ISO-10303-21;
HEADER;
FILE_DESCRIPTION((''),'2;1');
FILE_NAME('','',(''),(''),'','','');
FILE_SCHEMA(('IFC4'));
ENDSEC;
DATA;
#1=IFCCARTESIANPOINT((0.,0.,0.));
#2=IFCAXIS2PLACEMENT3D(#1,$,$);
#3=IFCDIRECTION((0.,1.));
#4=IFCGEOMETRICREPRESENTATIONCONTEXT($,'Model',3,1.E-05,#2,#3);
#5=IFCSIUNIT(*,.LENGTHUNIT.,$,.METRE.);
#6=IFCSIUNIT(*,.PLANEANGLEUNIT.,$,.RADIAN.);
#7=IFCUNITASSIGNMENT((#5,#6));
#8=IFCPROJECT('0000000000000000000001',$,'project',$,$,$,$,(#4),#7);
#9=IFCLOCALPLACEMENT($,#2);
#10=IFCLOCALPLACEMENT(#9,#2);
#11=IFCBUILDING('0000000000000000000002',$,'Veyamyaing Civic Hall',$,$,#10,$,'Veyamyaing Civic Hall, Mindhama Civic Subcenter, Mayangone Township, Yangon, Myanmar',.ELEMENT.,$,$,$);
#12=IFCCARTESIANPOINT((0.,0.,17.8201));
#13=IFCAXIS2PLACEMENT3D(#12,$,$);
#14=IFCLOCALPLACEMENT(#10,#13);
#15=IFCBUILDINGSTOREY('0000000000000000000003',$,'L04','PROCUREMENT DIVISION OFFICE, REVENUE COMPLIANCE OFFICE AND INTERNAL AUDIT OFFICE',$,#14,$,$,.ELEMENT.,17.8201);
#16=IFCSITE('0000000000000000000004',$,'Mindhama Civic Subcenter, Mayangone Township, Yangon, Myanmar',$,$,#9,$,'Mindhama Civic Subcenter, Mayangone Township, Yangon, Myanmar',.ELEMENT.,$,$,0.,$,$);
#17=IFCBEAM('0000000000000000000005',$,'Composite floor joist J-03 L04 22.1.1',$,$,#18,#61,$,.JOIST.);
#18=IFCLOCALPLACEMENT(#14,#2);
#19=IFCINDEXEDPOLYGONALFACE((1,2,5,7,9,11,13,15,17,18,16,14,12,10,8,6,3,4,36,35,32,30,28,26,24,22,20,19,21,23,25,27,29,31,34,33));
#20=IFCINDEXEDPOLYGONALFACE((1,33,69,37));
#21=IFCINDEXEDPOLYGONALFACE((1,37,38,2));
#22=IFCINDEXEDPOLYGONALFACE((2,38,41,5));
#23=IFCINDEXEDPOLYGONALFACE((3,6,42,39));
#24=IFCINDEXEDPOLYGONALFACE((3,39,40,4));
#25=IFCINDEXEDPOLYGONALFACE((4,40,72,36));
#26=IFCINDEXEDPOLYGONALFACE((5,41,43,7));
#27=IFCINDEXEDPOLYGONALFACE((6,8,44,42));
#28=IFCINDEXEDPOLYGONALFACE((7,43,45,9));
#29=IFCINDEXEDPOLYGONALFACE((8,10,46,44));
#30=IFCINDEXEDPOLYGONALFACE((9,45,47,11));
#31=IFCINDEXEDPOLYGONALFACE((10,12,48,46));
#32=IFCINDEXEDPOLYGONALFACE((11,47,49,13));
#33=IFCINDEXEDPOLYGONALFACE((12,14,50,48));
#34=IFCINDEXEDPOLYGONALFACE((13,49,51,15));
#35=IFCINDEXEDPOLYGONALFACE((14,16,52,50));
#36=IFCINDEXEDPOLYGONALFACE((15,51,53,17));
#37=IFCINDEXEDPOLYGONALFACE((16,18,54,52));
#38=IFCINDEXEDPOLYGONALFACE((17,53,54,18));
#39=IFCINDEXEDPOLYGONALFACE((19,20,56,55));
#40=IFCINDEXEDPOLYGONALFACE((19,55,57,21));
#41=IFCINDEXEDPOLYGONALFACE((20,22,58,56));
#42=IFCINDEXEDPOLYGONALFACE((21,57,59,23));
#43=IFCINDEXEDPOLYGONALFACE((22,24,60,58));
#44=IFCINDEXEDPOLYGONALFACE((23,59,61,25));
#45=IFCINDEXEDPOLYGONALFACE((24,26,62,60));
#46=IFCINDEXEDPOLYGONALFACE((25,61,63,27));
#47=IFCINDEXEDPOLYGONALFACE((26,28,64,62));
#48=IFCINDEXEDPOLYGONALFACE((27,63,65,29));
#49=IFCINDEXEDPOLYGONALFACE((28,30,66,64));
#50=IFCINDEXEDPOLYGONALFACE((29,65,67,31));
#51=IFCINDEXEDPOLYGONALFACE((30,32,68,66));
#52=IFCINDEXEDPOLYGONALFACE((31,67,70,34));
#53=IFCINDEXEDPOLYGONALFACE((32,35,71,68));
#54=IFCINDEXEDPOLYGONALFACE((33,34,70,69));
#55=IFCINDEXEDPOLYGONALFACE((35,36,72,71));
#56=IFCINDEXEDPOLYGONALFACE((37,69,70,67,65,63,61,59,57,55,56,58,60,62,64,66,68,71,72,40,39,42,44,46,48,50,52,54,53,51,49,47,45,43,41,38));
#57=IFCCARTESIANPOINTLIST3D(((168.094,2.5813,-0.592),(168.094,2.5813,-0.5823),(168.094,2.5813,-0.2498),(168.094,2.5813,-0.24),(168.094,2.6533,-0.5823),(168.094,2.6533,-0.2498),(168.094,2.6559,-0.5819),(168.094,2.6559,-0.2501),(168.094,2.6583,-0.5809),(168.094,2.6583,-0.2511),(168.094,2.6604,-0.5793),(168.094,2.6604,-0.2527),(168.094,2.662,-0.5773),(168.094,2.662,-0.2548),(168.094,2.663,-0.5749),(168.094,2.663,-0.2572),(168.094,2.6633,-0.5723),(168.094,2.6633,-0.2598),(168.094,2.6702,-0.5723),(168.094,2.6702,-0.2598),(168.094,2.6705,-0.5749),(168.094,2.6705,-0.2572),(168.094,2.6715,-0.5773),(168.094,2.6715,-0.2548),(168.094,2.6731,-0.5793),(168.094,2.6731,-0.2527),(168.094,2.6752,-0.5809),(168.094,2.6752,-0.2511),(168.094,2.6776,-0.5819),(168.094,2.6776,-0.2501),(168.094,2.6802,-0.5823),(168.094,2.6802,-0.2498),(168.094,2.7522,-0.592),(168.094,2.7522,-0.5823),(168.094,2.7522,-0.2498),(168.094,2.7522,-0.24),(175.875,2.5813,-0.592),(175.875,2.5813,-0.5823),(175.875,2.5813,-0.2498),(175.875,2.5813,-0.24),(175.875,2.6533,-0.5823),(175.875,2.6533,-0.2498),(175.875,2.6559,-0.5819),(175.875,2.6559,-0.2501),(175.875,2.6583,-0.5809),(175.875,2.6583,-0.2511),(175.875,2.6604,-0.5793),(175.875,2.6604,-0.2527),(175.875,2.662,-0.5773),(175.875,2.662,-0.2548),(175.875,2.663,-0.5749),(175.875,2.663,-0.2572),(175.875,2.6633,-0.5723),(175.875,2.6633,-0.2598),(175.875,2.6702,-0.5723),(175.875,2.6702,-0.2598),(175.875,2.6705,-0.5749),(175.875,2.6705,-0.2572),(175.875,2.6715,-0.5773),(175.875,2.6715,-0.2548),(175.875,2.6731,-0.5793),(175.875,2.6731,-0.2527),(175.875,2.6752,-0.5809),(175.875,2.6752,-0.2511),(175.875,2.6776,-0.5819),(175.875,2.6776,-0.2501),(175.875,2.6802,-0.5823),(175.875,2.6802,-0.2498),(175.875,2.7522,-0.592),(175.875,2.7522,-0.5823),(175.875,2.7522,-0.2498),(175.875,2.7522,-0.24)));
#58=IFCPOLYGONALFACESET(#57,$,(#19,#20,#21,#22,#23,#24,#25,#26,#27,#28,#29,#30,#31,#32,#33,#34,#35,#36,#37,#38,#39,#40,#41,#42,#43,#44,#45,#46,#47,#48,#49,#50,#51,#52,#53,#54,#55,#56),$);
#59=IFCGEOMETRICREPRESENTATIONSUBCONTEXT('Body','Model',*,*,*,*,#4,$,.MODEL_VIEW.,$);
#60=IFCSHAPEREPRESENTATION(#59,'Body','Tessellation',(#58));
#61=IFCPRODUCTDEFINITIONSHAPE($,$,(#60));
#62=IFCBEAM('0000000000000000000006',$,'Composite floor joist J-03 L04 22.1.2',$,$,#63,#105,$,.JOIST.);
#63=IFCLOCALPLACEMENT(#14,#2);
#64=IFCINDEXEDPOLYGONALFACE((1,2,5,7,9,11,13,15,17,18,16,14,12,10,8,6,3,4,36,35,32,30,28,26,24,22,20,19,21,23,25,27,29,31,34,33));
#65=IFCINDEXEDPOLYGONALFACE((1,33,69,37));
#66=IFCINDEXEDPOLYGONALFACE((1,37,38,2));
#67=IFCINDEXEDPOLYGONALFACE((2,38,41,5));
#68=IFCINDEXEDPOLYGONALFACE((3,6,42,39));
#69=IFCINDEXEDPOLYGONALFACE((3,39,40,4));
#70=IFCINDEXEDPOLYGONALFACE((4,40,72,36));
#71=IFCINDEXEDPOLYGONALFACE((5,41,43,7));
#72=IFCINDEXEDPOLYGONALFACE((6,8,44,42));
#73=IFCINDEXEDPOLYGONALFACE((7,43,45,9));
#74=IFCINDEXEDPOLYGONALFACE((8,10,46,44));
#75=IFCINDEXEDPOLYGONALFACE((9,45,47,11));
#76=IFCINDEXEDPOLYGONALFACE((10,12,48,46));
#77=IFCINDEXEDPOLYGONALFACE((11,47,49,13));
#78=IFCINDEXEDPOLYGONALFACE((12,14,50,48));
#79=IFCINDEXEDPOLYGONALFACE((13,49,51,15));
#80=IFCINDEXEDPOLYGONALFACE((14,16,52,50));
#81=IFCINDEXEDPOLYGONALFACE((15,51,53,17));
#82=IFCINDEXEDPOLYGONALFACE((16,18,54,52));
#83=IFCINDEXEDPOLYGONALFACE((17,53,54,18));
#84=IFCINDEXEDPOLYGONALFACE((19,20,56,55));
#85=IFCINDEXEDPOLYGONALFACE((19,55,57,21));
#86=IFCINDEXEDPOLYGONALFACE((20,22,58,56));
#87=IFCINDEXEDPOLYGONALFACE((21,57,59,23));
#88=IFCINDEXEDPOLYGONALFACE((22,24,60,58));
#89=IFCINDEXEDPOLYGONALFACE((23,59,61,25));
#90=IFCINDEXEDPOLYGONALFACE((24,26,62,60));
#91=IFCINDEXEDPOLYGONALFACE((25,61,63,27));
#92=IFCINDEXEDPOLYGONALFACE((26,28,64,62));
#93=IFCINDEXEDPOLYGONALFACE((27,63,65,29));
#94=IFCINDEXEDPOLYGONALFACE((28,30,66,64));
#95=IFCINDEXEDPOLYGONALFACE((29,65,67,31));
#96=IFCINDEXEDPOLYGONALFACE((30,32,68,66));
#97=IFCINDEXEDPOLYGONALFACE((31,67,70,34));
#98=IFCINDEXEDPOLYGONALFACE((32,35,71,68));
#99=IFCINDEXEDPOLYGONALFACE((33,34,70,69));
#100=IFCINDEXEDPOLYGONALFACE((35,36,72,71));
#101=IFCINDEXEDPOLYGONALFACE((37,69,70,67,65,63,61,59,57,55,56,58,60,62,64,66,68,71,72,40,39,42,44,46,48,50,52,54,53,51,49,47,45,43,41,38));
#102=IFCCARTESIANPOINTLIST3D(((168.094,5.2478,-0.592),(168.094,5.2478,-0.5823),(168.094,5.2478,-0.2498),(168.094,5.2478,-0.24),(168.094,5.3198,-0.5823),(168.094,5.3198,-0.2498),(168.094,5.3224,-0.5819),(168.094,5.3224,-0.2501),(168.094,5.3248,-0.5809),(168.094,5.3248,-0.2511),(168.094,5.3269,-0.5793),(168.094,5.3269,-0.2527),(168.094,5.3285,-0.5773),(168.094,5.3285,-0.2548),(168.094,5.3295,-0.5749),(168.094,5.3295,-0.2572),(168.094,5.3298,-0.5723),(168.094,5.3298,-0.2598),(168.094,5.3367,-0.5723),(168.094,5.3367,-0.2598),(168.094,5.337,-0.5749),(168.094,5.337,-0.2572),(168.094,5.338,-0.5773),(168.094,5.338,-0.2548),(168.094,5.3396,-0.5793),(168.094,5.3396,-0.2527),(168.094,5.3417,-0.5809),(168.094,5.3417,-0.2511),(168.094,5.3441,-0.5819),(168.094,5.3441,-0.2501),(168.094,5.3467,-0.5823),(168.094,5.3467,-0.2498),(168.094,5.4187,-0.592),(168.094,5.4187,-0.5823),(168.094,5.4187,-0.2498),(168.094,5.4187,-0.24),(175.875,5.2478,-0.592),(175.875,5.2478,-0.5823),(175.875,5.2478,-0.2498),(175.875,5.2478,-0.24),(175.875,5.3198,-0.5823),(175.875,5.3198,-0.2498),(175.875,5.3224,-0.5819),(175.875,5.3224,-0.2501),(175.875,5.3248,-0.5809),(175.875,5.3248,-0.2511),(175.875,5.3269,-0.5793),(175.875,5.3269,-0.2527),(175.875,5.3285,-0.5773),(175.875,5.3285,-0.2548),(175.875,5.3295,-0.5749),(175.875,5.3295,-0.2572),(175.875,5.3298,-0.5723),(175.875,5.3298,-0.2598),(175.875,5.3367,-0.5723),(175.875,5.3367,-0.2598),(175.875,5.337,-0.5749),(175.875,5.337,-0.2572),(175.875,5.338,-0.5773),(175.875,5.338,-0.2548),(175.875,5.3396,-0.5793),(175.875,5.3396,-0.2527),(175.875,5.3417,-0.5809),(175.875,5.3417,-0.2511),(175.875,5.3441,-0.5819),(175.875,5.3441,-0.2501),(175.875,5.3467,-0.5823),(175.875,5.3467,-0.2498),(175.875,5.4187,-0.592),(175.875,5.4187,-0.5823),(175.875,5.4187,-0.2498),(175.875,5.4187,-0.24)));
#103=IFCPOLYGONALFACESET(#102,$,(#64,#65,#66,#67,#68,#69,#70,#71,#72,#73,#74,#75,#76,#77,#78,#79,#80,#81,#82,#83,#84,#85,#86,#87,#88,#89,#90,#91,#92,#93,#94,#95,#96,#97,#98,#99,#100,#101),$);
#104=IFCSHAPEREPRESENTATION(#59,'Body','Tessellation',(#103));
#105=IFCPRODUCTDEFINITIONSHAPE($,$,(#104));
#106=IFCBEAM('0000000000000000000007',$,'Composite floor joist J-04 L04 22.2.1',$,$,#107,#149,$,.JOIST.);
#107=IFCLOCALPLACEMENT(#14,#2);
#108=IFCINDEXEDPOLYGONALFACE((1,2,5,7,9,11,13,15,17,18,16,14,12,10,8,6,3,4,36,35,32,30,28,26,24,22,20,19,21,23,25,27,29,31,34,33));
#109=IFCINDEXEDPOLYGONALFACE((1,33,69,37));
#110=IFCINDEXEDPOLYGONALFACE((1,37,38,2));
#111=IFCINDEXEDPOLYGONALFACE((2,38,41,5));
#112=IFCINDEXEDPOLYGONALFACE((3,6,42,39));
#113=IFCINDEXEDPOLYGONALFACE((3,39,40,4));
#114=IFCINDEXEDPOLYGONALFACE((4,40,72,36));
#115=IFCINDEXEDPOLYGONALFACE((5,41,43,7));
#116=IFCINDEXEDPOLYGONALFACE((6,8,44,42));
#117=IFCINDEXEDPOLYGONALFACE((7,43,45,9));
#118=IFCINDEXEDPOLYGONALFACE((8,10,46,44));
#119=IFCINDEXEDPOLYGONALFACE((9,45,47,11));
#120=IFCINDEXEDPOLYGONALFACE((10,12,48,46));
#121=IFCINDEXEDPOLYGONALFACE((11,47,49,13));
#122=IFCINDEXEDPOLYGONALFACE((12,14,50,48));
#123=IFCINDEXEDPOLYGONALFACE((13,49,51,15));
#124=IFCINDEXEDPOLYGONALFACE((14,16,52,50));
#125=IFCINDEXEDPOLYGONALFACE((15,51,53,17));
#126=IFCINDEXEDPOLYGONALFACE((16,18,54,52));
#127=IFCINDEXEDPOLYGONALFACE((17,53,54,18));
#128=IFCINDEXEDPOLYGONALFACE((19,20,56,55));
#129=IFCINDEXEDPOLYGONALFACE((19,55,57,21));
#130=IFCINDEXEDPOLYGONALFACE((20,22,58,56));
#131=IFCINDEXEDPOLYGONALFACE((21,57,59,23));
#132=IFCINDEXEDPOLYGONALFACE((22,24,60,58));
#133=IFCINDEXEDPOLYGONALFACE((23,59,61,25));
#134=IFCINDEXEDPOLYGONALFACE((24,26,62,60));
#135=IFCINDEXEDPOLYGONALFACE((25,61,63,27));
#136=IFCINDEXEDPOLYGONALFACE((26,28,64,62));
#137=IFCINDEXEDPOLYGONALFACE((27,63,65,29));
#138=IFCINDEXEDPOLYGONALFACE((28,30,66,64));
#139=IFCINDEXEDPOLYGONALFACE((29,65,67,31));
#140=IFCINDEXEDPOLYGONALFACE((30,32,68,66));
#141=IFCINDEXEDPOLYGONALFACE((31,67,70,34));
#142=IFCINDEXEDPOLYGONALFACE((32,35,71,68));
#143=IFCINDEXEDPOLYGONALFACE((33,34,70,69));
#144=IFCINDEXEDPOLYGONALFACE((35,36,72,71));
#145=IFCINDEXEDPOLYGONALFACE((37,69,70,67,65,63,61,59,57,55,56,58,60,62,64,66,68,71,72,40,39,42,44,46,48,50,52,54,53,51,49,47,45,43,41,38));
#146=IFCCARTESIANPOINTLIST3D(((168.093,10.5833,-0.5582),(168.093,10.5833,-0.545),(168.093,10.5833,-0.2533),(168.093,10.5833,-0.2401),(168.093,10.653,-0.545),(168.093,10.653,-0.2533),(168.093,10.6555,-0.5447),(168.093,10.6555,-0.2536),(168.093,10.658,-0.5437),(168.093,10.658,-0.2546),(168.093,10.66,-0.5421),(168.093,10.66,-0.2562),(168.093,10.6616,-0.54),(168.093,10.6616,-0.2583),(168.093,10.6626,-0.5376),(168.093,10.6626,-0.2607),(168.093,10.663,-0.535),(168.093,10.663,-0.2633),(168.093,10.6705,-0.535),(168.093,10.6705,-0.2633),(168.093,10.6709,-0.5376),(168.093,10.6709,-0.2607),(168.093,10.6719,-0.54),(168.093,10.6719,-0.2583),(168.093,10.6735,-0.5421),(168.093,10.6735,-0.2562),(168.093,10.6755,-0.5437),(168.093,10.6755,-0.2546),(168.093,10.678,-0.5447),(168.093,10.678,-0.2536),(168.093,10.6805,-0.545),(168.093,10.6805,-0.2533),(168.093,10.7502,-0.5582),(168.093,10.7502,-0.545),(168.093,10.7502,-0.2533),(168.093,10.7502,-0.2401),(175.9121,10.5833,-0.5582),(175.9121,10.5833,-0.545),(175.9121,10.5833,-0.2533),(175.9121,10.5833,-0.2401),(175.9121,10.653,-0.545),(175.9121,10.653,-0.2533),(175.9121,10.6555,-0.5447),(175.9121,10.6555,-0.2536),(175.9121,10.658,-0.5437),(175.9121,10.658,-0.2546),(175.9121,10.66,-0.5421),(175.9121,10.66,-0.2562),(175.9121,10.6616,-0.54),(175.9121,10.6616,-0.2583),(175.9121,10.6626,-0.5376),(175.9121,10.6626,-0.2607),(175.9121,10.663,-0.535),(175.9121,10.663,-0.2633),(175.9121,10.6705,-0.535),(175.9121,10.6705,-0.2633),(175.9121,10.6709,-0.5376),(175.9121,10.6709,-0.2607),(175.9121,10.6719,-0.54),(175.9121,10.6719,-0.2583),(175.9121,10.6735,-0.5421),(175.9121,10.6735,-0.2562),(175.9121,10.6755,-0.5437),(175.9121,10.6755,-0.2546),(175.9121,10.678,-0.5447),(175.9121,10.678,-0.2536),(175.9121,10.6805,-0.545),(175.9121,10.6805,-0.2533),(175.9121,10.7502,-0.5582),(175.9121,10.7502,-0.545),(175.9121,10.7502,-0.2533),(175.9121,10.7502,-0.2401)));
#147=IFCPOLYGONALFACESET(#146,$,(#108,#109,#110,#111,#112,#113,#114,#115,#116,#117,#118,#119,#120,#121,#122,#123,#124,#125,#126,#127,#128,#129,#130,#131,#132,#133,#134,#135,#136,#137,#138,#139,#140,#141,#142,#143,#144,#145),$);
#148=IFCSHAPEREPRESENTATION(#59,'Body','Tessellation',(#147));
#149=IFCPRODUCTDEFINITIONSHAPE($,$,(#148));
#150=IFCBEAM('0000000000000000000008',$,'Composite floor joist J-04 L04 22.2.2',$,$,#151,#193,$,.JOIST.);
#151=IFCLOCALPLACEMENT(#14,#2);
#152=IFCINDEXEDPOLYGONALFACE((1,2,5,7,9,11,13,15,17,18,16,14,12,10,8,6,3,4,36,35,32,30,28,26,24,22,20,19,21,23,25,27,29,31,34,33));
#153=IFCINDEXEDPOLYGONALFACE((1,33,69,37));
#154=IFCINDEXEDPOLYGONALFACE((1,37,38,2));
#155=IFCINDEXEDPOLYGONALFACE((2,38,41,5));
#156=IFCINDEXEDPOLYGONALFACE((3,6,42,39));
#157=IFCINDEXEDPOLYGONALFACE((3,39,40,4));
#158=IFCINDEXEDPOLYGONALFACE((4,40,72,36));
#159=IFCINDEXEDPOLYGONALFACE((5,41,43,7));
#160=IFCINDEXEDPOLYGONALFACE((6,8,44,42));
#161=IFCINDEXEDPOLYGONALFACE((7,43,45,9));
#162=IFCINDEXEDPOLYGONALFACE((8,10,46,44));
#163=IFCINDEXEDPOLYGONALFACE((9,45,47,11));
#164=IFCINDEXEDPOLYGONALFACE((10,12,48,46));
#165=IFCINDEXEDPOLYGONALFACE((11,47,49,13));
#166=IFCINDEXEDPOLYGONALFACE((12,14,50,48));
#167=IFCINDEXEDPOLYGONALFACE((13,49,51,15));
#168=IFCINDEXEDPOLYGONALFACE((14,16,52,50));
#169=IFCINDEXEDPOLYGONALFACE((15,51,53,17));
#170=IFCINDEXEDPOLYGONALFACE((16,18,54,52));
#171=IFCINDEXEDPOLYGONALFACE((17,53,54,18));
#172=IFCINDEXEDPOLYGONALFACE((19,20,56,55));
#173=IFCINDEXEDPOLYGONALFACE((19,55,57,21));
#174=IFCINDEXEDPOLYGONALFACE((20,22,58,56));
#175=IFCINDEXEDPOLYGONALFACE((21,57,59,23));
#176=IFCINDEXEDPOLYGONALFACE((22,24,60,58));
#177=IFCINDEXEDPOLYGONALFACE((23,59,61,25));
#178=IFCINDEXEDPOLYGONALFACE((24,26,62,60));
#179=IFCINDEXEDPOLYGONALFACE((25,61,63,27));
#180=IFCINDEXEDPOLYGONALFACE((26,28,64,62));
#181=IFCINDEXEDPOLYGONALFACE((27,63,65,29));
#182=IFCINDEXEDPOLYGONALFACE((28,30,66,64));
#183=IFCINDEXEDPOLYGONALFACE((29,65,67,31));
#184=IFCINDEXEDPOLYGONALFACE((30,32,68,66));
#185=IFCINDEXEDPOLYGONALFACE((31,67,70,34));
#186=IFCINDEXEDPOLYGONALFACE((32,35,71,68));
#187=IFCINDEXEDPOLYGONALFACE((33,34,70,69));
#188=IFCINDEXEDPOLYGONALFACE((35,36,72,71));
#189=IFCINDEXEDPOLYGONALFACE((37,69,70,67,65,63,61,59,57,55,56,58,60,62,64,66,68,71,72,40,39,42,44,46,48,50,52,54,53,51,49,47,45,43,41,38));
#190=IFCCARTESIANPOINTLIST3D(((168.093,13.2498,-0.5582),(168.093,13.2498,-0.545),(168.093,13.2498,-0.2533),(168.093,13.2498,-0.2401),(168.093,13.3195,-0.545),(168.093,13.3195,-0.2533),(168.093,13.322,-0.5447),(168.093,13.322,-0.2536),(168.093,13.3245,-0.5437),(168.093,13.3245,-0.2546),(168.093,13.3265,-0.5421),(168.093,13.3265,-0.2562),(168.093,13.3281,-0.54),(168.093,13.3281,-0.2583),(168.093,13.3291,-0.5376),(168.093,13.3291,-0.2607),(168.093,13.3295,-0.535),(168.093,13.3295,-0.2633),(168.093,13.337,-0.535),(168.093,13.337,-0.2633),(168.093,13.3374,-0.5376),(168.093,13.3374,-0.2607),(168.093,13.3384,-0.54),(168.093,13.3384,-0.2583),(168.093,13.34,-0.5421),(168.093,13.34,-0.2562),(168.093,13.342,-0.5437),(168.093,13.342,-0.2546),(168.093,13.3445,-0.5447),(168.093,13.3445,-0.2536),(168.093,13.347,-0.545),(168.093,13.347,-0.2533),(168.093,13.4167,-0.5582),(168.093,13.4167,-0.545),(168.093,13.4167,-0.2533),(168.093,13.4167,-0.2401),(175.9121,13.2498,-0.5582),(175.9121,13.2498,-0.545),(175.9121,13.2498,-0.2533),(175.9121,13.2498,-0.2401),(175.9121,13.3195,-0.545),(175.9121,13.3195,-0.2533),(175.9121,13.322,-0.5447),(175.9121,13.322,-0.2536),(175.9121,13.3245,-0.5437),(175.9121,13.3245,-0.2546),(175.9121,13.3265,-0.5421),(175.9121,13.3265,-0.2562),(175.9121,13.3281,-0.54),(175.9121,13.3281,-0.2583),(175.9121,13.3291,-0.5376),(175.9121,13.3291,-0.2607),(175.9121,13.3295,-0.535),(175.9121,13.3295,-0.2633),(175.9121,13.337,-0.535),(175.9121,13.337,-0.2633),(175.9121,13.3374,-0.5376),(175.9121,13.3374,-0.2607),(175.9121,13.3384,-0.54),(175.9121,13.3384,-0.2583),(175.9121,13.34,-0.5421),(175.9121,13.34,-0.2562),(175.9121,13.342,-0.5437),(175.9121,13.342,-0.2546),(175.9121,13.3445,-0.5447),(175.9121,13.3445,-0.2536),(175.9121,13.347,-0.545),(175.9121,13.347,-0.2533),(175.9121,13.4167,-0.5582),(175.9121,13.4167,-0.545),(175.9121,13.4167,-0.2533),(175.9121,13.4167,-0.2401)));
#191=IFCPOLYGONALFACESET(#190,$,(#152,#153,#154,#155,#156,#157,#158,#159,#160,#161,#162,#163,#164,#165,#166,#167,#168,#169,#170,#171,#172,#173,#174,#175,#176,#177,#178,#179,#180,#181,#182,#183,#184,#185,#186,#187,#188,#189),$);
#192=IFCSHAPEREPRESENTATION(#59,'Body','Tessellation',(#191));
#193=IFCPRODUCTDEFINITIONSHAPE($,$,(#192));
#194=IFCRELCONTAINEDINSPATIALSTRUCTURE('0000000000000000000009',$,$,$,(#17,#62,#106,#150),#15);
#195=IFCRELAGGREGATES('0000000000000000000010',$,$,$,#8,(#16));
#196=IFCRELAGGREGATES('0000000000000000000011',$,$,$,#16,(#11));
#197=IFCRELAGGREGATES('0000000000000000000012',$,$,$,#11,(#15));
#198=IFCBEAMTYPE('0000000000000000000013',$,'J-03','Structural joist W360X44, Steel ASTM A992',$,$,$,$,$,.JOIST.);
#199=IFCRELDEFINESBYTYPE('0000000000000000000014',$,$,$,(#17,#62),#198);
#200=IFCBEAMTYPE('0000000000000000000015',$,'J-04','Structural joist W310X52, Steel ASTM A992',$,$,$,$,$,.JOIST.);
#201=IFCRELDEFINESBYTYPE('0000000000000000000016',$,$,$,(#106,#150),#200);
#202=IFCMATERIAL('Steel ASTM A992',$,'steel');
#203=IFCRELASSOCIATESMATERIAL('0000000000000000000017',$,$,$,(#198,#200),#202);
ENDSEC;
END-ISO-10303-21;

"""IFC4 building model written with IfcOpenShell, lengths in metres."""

from ifc_helpers import new_model, si_unit, direction, frame, origin, origin_2d, place, context, subcontext, project, spatial, i_section, extrude, material, material_profile, profile_set, type_object, element, save


model = new_model("IFC4")

# Units and contexts
model_context = context("Model", 3, precision=1e-05, world=origin(), true_north=direction((0.0, 1.0)))
body_context = subcontext(model_context, "Body", "Model", "MODEL_VIEW")
ifc_project = project(units=[si_unit("LENGTHUNIT", "METRE"), si_unit("PLANEANGLEUNIT", "RADIAN")], contexts=[model_context])

# Site, building, storey
site_placement = place(None, origin())
site = spatial("IfcSite", under=ifc_project, at=site_placement, Name="Mindhama Civic Subcenter, Mayangone Township, Yangon, Myanmar", LongName="Mindhama Civic Subcenter, Mayangone Township, Yangon, Myanmar", CompositionType="ELEMENT", RefElevation=0.0)
building_placement = place(site_placement, origin())
building = spatial("IfcBuilding", under=site, at=building_placement, Name="Veyamyaing Civic Hall", LongName="Veyamyaing Civic Hall, Mindhama Civic Subcenter, Mayangone Township, Yangon, Myanmar", CompositionType="ELEMENT")
storey_placement = place(building_placement, frame((0.0, 0.0, 17.8201)))
storey = spatial("IfcBuildingStorey", under=building, at=storey_placement, Name="L04", Description="PROCUREMENT DIVISION OFFICE, REVENUE COMPLIANCE OFFICE AND INTERNAL AUDIT OFFICE", CompositionType="ELEMENT", Elevation=17.8201)

# Beams
ifc_material_1 = material(Name="Steel ASTM A992", Category="steel")
ifc_material_profile_1 = material_profile(ifc_material_1, i_section(OverallWidth=0.1709, OverallDepth=0.3521, WebThickness=0.0068, FlangeThickness=0.0098, FilletRadius=0.01, at=origin_2d()), Name="W360X44")
ifc_profile_set_1 = profile_set([ifc_material_profile_1], Name="Steel ASTM A992")
beam_type_1 = type_object("IfcBeamType", Name="J-03", Description="Structural joist W360X44, Steel ASTM A992", PredefinedType="JOIST", material=ifc_profile_set_1)
for number, where, z_axis, x_axis, name in (
    (1, (168.094, 2.6667, -0.416), (1.0, 0.0, 0.0), (0.0, 1.0, 0.0), "Composite floor joist J-03 L04 22.1.1"),
    (2, (168.094, 5.3333, -0.416), (1.0, 0.0, 0.0), (0.0, 1.0, 0.0), "Composite floor joist J-03 L04 22.1.2"),
):
    element("IfcBeam", number, at=place(storey_placement, frame(where, z_axis=z_axis, x_axis=x_axis)), inside=storey, type_object=beam_type_1, Name=name, PredefinedType="JOIST", context=body_context, shape_type="SweptSolid", body=[
        extrude(i_section(OverallWidth=0.1709, OverallDepth=0.3521, WebThickness=0.0068, FlangeThickness=0.0098, FilletRadius=0.01, at=origin_2d()), origin(), (0.0, 0.0, 1.0), 7.781),
    ])
ifc_material_profile_2 = material_profile(ifc_material_1, i_section(OverallWidth=0.167, OverallDepth=0.3181, WebThickness=0.0076, FlangeThickness=0.0132, FilletRadius=0.01, at=origin_2d()), Name="W310X52")
ifc_profile_set_2 = profile_set([ifc_material_profile_2], Name="Steel ASTM A992")
beam_type_2 = type_object("IfcBeamType", Name="J-04", Description="Structural joist W310X52, Steel ASTM A992", PredefinedType="JOIST", material=ifc_profile_set_2)
for number, where, z_axis, x_axis, name in (
    (3, (168.093, 10.6667, -0.3992), (1.0, 0.0, 0.0), (0.0, 1.0, 0.0), "Composite floor joist J-04 L04 22.2.1"),
    (4, (168.093, 13.3333, -0.3992), (1.0, 0.0, 0.0), (0.0, 1.0, 0.0), "Composite floor joist J-04 L04 22.2.2"),
):
    element("IfcBeam", number, at=place(storey_placement, frame(where, z_axis=z_axis, x_axis=x_axis)), inside=storey, type_object=beam_type_2, Name=name, PredefinedType="JOIST", context=body_context, shape_type="SweptSolid", body=[
        extrude(i_section(OverallWidth=0.167, OverallDepth=0.3181, WebThickness=0.0076, FlangeThickness=0.0132, FilletRadius=0.01, at=origin_2d()), origin(), (0.0, 0.0, 1.0), 7.8191),
    ])

save(model, "model.ifc")
